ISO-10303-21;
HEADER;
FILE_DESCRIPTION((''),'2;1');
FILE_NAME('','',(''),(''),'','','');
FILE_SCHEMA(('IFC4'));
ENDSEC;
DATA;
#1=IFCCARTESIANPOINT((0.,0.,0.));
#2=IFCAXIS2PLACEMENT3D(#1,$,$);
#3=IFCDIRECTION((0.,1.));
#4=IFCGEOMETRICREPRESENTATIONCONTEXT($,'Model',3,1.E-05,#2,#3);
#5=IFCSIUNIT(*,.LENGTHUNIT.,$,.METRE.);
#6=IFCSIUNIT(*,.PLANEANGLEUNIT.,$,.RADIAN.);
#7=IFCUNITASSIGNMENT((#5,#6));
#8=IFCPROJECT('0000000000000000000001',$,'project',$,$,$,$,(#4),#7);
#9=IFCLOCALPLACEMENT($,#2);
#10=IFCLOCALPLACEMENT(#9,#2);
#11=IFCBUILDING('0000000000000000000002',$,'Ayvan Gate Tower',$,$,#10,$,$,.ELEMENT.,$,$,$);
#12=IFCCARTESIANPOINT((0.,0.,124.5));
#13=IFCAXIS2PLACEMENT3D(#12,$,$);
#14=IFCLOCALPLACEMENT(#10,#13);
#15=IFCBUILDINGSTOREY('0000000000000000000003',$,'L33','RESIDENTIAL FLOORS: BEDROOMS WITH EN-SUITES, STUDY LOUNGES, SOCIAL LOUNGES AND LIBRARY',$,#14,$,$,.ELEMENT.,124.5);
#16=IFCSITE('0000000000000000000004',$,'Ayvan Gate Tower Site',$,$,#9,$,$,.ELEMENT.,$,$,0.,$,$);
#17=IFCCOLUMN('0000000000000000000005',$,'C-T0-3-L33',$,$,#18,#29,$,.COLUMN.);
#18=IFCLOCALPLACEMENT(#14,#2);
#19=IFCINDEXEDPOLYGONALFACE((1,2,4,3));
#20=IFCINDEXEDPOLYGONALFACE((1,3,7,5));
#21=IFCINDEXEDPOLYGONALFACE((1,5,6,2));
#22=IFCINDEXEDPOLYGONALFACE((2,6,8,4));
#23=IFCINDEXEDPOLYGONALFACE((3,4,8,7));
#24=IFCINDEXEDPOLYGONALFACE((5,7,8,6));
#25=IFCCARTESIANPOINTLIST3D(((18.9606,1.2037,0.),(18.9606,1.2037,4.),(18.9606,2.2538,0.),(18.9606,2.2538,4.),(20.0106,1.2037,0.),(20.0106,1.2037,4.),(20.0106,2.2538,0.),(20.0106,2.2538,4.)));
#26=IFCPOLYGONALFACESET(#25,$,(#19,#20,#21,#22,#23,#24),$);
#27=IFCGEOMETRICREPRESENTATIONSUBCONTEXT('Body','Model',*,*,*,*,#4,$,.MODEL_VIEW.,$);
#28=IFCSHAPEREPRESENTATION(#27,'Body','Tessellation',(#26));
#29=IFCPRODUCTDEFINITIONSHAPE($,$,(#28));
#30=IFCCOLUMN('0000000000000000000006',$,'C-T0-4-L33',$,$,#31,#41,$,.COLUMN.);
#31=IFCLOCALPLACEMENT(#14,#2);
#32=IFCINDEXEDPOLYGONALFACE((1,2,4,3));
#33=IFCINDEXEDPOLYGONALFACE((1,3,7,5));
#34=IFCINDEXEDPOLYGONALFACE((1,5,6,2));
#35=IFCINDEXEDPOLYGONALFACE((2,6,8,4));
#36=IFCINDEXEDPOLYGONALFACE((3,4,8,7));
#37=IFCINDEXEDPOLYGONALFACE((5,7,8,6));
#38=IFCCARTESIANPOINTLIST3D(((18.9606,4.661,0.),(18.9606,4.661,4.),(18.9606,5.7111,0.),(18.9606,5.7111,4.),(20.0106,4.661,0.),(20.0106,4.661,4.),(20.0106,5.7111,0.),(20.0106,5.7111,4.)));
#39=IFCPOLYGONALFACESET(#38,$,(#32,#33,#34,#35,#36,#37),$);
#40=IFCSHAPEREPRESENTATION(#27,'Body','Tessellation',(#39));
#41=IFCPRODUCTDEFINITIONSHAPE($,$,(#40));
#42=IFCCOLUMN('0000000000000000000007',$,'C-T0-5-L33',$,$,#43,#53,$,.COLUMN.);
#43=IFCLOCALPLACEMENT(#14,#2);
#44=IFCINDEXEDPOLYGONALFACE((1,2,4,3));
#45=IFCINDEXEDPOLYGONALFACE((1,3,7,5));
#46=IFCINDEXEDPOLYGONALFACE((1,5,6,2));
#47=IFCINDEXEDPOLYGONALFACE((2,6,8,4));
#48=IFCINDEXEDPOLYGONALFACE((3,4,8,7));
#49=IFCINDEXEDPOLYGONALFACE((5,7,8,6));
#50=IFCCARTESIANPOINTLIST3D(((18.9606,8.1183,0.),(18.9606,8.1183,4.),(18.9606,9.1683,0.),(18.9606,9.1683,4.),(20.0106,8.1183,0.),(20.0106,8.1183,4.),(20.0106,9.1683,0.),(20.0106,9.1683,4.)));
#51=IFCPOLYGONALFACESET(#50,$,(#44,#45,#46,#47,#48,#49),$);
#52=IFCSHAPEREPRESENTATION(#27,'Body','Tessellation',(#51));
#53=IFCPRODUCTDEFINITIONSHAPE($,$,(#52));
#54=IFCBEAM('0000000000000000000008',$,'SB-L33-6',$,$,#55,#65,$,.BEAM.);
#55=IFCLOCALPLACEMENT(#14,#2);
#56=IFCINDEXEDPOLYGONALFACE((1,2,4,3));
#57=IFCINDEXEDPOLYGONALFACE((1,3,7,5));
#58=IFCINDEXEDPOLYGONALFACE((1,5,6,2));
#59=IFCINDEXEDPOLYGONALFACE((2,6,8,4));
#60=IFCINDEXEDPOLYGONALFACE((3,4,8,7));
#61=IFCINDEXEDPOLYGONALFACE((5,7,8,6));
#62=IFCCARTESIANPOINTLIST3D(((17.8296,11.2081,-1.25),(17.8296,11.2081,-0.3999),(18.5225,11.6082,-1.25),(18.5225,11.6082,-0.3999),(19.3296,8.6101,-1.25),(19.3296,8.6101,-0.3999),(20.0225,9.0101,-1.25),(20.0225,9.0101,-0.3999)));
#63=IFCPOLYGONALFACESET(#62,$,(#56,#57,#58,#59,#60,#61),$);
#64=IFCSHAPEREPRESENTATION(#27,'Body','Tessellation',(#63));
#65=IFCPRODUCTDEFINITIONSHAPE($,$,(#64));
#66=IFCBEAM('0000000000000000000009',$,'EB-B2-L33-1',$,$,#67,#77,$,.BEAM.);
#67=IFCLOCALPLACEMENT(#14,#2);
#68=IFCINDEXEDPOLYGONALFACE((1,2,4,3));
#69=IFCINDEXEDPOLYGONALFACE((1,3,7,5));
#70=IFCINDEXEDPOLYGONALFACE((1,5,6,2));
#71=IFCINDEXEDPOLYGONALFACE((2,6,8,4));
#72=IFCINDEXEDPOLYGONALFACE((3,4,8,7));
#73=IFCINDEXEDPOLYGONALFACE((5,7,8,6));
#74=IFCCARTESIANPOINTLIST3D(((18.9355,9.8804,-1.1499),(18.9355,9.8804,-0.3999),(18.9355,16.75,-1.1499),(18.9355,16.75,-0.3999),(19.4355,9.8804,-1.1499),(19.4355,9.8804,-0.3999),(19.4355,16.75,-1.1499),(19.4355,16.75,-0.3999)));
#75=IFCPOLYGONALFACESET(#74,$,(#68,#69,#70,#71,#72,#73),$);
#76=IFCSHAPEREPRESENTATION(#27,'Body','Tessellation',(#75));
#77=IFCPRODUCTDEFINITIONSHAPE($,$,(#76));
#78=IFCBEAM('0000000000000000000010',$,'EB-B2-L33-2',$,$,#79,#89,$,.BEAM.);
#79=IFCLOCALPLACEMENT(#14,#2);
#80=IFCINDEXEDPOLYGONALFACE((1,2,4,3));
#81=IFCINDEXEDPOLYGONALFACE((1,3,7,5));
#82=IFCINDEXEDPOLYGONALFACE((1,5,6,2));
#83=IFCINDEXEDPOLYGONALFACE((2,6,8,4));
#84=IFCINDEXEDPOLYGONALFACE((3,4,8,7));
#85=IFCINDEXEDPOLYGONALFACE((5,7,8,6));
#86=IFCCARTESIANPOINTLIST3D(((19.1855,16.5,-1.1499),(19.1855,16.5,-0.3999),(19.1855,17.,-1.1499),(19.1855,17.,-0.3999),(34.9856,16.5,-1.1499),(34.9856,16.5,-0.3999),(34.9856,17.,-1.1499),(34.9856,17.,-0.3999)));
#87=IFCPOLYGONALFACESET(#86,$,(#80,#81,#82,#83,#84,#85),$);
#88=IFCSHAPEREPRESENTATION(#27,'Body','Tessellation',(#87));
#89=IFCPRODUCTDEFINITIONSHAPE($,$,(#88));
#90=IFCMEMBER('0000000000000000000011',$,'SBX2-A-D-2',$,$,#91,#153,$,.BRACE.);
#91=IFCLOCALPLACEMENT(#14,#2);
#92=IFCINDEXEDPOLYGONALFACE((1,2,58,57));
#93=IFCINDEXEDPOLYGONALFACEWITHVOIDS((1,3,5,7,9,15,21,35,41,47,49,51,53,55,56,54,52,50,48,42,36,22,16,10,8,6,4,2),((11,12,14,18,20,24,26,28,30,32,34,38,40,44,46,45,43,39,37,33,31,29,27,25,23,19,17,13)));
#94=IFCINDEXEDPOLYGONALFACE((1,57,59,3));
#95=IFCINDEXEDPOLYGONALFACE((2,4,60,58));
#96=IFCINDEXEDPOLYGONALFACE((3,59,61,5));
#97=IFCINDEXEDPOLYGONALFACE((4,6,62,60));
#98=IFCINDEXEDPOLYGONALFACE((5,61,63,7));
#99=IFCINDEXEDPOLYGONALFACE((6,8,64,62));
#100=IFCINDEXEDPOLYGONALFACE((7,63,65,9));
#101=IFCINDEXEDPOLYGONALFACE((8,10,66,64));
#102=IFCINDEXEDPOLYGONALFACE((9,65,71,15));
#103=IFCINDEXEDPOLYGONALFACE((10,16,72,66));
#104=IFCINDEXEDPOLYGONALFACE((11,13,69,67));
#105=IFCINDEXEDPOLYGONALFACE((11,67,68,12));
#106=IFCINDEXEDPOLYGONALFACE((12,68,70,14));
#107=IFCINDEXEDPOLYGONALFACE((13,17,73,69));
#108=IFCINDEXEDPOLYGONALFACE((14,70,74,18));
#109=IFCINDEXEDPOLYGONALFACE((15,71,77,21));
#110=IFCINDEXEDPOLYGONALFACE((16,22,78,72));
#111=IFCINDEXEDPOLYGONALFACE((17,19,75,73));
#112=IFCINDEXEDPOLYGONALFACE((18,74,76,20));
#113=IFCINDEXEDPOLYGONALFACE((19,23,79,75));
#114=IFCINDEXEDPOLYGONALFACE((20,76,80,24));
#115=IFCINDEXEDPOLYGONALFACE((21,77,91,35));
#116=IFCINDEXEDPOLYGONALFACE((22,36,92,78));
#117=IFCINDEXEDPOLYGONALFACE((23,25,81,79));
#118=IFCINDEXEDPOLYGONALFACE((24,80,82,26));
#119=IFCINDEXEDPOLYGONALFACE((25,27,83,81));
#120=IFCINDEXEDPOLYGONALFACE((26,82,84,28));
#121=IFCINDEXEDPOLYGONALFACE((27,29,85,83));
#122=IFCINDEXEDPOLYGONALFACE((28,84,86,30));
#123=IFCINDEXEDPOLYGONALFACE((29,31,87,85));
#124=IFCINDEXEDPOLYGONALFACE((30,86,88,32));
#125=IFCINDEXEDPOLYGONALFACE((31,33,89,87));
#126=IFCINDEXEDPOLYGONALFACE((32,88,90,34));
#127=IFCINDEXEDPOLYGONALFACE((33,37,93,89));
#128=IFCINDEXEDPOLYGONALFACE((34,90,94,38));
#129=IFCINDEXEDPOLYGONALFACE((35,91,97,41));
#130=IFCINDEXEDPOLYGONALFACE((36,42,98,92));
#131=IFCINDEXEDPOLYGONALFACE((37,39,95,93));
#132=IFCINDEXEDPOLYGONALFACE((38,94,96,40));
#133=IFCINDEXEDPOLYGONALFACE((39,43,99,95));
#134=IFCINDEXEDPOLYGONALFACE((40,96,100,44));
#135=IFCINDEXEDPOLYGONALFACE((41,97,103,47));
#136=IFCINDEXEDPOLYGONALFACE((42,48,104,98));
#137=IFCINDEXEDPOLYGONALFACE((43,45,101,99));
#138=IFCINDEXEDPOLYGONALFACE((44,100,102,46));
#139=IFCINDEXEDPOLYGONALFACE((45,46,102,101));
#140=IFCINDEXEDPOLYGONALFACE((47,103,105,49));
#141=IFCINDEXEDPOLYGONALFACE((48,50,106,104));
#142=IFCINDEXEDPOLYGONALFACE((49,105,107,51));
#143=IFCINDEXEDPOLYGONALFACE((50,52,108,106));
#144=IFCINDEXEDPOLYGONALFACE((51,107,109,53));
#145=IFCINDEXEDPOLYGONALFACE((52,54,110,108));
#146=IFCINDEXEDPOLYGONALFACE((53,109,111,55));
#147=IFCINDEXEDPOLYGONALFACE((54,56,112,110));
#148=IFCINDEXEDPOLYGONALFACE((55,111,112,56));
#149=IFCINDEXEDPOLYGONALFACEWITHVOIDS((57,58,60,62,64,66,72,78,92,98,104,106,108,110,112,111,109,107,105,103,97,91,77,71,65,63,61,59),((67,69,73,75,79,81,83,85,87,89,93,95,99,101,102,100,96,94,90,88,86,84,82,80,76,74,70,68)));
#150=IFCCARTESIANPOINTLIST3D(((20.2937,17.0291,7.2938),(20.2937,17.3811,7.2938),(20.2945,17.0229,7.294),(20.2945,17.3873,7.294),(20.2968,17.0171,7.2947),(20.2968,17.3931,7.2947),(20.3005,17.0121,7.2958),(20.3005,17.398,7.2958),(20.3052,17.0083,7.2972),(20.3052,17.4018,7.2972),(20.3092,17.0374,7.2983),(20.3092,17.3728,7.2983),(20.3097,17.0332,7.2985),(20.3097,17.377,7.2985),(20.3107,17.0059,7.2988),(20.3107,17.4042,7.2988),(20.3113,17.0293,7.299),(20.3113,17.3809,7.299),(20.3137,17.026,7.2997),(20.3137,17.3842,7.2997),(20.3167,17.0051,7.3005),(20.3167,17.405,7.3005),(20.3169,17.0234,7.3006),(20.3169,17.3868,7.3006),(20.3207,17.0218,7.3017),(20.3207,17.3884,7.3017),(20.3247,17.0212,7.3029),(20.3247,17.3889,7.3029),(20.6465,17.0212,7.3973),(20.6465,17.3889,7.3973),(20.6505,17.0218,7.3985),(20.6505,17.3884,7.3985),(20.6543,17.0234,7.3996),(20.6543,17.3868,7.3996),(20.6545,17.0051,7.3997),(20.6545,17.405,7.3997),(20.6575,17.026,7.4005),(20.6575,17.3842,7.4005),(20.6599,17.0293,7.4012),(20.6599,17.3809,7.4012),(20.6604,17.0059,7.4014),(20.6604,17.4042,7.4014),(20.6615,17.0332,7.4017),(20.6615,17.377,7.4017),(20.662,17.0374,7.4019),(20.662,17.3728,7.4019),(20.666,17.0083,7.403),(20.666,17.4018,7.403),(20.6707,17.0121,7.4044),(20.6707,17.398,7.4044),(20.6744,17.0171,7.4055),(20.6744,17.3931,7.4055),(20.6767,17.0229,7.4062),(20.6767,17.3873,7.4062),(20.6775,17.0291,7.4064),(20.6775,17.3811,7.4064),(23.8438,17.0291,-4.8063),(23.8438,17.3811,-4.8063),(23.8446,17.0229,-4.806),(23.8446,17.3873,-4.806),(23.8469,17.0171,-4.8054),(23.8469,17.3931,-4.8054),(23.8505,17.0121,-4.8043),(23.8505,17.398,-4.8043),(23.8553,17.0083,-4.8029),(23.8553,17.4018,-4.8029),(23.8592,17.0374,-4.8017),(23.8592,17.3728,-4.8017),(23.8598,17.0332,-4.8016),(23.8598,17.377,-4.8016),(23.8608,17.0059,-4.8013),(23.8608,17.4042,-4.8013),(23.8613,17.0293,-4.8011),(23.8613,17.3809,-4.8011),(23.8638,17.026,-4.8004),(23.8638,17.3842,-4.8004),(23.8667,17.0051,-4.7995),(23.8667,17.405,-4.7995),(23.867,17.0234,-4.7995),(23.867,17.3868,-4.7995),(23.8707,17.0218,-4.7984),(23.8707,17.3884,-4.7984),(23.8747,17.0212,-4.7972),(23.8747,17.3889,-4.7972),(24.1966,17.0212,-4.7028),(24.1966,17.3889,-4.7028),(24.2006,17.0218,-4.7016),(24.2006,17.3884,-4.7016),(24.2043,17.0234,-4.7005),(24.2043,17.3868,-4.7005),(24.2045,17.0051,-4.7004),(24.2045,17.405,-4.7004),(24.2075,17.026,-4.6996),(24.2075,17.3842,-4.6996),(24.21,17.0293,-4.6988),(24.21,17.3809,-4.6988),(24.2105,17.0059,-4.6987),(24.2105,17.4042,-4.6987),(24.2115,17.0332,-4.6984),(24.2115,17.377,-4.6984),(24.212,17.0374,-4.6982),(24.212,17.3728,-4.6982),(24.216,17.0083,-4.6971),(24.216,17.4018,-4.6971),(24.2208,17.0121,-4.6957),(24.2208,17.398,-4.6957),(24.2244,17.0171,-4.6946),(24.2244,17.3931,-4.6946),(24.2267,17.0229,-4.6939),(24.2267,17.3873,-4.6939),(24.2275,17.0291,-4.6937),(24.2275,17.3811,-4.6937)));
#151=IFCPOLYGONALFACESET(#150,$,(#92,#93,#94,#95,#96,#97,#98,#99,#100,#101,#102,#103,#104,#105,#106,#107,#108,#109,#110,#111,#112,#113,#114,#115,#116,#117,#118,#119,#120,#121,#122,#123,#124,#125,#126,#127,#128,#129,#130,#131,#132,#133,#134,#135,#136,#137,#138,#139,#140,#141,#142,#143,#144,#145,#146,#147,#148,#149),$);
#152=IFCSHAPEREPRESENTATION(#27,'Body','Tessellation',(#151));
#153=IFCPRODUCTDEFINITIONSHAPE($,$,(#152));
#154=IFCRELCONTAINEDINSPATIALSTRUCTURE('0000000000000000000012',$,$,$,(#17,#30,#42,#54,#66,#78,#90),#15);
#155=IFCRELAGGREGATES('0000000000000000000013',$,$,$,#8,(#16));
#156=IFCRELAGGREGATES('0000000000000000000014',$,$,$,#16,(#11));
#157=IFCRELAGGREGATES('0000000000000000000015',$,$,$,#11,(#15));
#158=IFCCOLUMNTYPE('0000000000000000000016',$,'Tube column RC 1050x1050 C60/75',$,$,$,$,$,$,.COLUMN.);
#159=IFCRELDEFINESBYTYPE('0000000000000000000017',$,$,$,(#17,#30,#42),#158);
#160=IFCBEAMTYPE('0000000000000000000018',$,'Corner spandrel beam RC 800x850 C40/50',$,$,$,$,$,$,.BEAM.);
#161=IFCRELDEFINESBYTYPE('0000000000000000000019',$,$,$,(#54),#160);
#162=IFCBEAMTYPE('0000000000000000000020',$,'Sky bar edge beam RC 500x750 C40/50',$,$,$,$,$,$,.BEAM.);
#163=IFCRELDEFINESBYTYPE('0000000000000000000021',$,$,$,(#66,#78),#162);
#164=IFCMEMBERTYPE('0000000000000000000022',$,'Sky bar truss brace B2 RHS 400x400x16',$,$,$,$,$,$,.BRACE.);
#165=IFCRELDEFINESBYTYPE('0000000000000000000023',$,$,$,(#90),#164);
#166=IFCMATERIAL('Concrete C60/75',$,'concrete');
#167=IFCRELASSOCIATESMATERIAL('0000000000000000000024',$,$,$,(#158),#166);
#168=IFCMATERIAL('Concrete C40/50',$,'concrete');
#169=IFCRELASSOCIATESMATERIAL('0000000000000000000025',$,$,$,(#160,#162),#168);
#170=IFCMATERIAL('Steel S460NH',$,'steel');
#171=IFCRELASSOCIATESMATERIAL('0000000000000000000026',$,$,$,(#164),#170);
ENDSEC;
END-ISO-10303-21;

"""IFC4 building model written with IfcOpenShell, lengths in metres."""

from ifc_helpers import new_model, si_unit, direction, frame, origin, origin_2d, place, context, subcontext, project, spatial, rectangle, hollow_rectangle, extrude, material, material_profile, profile_set, type_object, element, save


model = new_model("IFC4")

# Units and contexts
model_context = context("Model", 3, precision=1e-05, world=origin(), true_north=direction((0.0, 1.0)))
body_context = subcontext(model_context, "Body", "Model", "MODEL_VIEW")
ifc_project = project(units=[si_unit("LENGTHUNIT", "METRE"), si_unit("PLANEANGLEUNIT", "RADIAN")], contexts=[model_context])

# Site, building, storey
site_placement = place(None, origin())
site = spatial("IfcSite", under=ifc_project, at=site_placement, Name="Ayvan Gate Tower Site", CompositionType="ELEMENT", RefElevation=0.0)
building_placement = place(site_placement, origin())
building = spatial("IfcBuilding", under=site, at=building_placement, Name="Ayvan Gate Tower", CompositionType="ELEMENT")
storey_placement = place(building_placement, frame((0.0, 0.0, 124.5)))
storey = spatial("IfcBuildingStorey", under=building, at=storey_placement, Name="L33", Description="RESIDENTIAL FLOORS: BEDROOMS WITH EN-SUITES, STUDY LOUNGES, SOCIAL LOUNGES AND LIBRARY", CompositionType="ELEMENT", Elevation=124.5)

# Columns
ifc_material_1 = material(Name="Concrete C60/75", Category="concrete")
ifc_material_profile_1 = material_profile(ifc_material_1, rectangle(XDim=1.05, YDim=1.05, at=origin_2d()), Name="RC 1050x1050")
ifc_profile_set_1 = profile_set([ifc_material_profile_1], Name="Concrete C60/75")
column_type = type_object("IfcColumnType", Name="Tube column RC 1050x1050 C60/75", PredefinedType="COLUMN", material=ifc_profile_set_1)
for number, where, z_axis, x_axis, name in (
    (1, (19.4856, 1.7288, 0.0), (0.0, 0.0, 1.0), (1.0, 0.0, 0.0), "C-T0-3-L33"),
    (2, (19.4856, 5.186, 0.0), (0.0, 0.0, 1.0), (1.0, 0.0, 0.0), "C-T0-4-L33"),
    (3, (19.4856, 8.6433, 0.0), (0.0, 0.0, 1.0), (1.0, 0.0, 0.0), "C-T0-5-L33"),
):
    element("IfcColumn", number, at=place(storey_placement, frame(where, z_axis=z_axis, x_axis=x_axis)), inside=storey, type_object=column_type, Name=name, PredefinedType="COLUMN", context=body_context, shape_type="SweptSolid", body=[
        extrude(rectangle(XDim=1.05, YDim=1.05, at=origin_2d()), origin(), (0.0, 0.0, 1.0), 4.0),
    ])

# Beams
ifc_material_2 = material(Name="Concrete C40/50", Category="concrete")
ifc_material_profile_2 = material_profile(ifc_material_2, rectangle(XDim=0.8, YDim=0.8501, at=origin_2d()), Name="RC 800x850")
ifc_profile_set_2 = profile_set([ifc_material_profile_2], Name="Concrete C40/50")
beam_type_1 = type_object("IfcBeamType", Name="Corner spandrel beam RC 800x850 C40/50", PredefinedType="BEAM", material=ifc_profile_set_2)
beam_1_placement = place(storey_placement, frame((19.676, 8.8101, -0.825), z_axis=(-0.49999, 0.866031, 0.0), x_axis=(-0.866031, -0.49999, 0.0)))
element("IfcBeam", 4, at=beam_1_placement, inside=storey, type_object=beam_type_1, Name="SB-L33-6", PredefinedType="BEAM", context=body_context, shape_type="SweptSolid", body=[
    extrude(rectangle(XDim=0.8, YDim=0.8501, at=origin_2d()), origin(), (0.0, 0.0, 1.0), 3.0),
])
ifc_material_profile_3 = material_profile(ifc_material_2, rectangle(XDim=0.5, YDim=0.75, at=origin_2d()), Name="RC 500x750")
ifc_profile_set_3 = profile_set([ifc_material_profile_3], Name="Concrete C40/50")
beam_type_2 = type_object("IfcBeamType", Name="Sky bar edge beam RC 500x750 C40/50", PredefinedType="BEAM", material=ifc_profile_set_3)
beam_2_placement = place(storey_placement, frame((19.1855, 9.8804, -0.7749), z_axis=(0.0, 1.0, 0.0), x_axis=(-1.0, 0.0, 0.0)))
element("IfcBeam", 5, at=beam_2_placement, inside=storey, type_object=beam_type_2, Name="EB-B2-L33-1", PredefinedType="BEAM", context=body_context, shape_type="SweptSolid", body=[
    extrude(rectangle(XDim=0.5, YDim=0.75, at=origin_2d()), origin(), (0.0, 0.0, 1.0), 6.8696),
])
beam_3_placement = place(storey_placement, frame((19.1855, 16.75, -0.7749), z_axis=(1.0, 0.0, 0.0), x_axis=(0.0, 1.0, 0.0)))
element("IfcBeam", 6, at=beam_3_placement, inside=storey, type_object=beam_type_2, Name="EB-B2-L33-2", PredefinedType="BEAM", context=body_context, shape_type="SweptSolid", body=[
    extrude(rectangle(XDim=0.5, YDim=0.75, at=origin_2d()), origin(), (0.0, 0.0, 1.0), 15.8),
])

# Member
ifc_material_3 = material(Name="Steel S460NH", Category="steel")
ifc_material_profile_4 = material_profile(ifc_material_3, hollow_rectangle(XDim=0.3999, YDim=0.3999, WallThickness=0.0161, InnerFilletRadius=0.0161, OuterFilletRadius=0.0239, at=origin_2d()), Name="RHS 400x400x16")
ifc_profile_set_4 = profile_set([ifc_material_profile_4], Name="Steel S460NH")
member_type_1 = type_object("IfcMemberType", Name="Sky bar truss brace B2 RHS 400x400x16", PredefinedType="BRACE", material=ifc_profile_set_4)
for number, where, z_axis, x_axis, name in (
    (7, (20.4856, 17.2051, 7.3501), (0.281524, 0.0, -0.959554), (0.0, 1.0, 0.0), "SBX2-A-D-2"),
):
    element("IfcMember", number, at=place(storey_placement, frame(where, z_axis=z_axis, x_axis=x_axis)), inside=storey, type_object=member_type_1, Name=name, PredefinedType="BRACE", context=body_context, shape_type="SweptSolid", body=[
        extrude(hollow_rectangle(XDim=0.3999, YDim=0.3999, WallThickness=0.0161, InnerFilletRadius=0.0161, OuterFilletRadius=0.0239, at=origin_2d()), origin(), (0.0, 0.0, 1.0), 12.6101),
    ])

save(model, "model.ifc")
